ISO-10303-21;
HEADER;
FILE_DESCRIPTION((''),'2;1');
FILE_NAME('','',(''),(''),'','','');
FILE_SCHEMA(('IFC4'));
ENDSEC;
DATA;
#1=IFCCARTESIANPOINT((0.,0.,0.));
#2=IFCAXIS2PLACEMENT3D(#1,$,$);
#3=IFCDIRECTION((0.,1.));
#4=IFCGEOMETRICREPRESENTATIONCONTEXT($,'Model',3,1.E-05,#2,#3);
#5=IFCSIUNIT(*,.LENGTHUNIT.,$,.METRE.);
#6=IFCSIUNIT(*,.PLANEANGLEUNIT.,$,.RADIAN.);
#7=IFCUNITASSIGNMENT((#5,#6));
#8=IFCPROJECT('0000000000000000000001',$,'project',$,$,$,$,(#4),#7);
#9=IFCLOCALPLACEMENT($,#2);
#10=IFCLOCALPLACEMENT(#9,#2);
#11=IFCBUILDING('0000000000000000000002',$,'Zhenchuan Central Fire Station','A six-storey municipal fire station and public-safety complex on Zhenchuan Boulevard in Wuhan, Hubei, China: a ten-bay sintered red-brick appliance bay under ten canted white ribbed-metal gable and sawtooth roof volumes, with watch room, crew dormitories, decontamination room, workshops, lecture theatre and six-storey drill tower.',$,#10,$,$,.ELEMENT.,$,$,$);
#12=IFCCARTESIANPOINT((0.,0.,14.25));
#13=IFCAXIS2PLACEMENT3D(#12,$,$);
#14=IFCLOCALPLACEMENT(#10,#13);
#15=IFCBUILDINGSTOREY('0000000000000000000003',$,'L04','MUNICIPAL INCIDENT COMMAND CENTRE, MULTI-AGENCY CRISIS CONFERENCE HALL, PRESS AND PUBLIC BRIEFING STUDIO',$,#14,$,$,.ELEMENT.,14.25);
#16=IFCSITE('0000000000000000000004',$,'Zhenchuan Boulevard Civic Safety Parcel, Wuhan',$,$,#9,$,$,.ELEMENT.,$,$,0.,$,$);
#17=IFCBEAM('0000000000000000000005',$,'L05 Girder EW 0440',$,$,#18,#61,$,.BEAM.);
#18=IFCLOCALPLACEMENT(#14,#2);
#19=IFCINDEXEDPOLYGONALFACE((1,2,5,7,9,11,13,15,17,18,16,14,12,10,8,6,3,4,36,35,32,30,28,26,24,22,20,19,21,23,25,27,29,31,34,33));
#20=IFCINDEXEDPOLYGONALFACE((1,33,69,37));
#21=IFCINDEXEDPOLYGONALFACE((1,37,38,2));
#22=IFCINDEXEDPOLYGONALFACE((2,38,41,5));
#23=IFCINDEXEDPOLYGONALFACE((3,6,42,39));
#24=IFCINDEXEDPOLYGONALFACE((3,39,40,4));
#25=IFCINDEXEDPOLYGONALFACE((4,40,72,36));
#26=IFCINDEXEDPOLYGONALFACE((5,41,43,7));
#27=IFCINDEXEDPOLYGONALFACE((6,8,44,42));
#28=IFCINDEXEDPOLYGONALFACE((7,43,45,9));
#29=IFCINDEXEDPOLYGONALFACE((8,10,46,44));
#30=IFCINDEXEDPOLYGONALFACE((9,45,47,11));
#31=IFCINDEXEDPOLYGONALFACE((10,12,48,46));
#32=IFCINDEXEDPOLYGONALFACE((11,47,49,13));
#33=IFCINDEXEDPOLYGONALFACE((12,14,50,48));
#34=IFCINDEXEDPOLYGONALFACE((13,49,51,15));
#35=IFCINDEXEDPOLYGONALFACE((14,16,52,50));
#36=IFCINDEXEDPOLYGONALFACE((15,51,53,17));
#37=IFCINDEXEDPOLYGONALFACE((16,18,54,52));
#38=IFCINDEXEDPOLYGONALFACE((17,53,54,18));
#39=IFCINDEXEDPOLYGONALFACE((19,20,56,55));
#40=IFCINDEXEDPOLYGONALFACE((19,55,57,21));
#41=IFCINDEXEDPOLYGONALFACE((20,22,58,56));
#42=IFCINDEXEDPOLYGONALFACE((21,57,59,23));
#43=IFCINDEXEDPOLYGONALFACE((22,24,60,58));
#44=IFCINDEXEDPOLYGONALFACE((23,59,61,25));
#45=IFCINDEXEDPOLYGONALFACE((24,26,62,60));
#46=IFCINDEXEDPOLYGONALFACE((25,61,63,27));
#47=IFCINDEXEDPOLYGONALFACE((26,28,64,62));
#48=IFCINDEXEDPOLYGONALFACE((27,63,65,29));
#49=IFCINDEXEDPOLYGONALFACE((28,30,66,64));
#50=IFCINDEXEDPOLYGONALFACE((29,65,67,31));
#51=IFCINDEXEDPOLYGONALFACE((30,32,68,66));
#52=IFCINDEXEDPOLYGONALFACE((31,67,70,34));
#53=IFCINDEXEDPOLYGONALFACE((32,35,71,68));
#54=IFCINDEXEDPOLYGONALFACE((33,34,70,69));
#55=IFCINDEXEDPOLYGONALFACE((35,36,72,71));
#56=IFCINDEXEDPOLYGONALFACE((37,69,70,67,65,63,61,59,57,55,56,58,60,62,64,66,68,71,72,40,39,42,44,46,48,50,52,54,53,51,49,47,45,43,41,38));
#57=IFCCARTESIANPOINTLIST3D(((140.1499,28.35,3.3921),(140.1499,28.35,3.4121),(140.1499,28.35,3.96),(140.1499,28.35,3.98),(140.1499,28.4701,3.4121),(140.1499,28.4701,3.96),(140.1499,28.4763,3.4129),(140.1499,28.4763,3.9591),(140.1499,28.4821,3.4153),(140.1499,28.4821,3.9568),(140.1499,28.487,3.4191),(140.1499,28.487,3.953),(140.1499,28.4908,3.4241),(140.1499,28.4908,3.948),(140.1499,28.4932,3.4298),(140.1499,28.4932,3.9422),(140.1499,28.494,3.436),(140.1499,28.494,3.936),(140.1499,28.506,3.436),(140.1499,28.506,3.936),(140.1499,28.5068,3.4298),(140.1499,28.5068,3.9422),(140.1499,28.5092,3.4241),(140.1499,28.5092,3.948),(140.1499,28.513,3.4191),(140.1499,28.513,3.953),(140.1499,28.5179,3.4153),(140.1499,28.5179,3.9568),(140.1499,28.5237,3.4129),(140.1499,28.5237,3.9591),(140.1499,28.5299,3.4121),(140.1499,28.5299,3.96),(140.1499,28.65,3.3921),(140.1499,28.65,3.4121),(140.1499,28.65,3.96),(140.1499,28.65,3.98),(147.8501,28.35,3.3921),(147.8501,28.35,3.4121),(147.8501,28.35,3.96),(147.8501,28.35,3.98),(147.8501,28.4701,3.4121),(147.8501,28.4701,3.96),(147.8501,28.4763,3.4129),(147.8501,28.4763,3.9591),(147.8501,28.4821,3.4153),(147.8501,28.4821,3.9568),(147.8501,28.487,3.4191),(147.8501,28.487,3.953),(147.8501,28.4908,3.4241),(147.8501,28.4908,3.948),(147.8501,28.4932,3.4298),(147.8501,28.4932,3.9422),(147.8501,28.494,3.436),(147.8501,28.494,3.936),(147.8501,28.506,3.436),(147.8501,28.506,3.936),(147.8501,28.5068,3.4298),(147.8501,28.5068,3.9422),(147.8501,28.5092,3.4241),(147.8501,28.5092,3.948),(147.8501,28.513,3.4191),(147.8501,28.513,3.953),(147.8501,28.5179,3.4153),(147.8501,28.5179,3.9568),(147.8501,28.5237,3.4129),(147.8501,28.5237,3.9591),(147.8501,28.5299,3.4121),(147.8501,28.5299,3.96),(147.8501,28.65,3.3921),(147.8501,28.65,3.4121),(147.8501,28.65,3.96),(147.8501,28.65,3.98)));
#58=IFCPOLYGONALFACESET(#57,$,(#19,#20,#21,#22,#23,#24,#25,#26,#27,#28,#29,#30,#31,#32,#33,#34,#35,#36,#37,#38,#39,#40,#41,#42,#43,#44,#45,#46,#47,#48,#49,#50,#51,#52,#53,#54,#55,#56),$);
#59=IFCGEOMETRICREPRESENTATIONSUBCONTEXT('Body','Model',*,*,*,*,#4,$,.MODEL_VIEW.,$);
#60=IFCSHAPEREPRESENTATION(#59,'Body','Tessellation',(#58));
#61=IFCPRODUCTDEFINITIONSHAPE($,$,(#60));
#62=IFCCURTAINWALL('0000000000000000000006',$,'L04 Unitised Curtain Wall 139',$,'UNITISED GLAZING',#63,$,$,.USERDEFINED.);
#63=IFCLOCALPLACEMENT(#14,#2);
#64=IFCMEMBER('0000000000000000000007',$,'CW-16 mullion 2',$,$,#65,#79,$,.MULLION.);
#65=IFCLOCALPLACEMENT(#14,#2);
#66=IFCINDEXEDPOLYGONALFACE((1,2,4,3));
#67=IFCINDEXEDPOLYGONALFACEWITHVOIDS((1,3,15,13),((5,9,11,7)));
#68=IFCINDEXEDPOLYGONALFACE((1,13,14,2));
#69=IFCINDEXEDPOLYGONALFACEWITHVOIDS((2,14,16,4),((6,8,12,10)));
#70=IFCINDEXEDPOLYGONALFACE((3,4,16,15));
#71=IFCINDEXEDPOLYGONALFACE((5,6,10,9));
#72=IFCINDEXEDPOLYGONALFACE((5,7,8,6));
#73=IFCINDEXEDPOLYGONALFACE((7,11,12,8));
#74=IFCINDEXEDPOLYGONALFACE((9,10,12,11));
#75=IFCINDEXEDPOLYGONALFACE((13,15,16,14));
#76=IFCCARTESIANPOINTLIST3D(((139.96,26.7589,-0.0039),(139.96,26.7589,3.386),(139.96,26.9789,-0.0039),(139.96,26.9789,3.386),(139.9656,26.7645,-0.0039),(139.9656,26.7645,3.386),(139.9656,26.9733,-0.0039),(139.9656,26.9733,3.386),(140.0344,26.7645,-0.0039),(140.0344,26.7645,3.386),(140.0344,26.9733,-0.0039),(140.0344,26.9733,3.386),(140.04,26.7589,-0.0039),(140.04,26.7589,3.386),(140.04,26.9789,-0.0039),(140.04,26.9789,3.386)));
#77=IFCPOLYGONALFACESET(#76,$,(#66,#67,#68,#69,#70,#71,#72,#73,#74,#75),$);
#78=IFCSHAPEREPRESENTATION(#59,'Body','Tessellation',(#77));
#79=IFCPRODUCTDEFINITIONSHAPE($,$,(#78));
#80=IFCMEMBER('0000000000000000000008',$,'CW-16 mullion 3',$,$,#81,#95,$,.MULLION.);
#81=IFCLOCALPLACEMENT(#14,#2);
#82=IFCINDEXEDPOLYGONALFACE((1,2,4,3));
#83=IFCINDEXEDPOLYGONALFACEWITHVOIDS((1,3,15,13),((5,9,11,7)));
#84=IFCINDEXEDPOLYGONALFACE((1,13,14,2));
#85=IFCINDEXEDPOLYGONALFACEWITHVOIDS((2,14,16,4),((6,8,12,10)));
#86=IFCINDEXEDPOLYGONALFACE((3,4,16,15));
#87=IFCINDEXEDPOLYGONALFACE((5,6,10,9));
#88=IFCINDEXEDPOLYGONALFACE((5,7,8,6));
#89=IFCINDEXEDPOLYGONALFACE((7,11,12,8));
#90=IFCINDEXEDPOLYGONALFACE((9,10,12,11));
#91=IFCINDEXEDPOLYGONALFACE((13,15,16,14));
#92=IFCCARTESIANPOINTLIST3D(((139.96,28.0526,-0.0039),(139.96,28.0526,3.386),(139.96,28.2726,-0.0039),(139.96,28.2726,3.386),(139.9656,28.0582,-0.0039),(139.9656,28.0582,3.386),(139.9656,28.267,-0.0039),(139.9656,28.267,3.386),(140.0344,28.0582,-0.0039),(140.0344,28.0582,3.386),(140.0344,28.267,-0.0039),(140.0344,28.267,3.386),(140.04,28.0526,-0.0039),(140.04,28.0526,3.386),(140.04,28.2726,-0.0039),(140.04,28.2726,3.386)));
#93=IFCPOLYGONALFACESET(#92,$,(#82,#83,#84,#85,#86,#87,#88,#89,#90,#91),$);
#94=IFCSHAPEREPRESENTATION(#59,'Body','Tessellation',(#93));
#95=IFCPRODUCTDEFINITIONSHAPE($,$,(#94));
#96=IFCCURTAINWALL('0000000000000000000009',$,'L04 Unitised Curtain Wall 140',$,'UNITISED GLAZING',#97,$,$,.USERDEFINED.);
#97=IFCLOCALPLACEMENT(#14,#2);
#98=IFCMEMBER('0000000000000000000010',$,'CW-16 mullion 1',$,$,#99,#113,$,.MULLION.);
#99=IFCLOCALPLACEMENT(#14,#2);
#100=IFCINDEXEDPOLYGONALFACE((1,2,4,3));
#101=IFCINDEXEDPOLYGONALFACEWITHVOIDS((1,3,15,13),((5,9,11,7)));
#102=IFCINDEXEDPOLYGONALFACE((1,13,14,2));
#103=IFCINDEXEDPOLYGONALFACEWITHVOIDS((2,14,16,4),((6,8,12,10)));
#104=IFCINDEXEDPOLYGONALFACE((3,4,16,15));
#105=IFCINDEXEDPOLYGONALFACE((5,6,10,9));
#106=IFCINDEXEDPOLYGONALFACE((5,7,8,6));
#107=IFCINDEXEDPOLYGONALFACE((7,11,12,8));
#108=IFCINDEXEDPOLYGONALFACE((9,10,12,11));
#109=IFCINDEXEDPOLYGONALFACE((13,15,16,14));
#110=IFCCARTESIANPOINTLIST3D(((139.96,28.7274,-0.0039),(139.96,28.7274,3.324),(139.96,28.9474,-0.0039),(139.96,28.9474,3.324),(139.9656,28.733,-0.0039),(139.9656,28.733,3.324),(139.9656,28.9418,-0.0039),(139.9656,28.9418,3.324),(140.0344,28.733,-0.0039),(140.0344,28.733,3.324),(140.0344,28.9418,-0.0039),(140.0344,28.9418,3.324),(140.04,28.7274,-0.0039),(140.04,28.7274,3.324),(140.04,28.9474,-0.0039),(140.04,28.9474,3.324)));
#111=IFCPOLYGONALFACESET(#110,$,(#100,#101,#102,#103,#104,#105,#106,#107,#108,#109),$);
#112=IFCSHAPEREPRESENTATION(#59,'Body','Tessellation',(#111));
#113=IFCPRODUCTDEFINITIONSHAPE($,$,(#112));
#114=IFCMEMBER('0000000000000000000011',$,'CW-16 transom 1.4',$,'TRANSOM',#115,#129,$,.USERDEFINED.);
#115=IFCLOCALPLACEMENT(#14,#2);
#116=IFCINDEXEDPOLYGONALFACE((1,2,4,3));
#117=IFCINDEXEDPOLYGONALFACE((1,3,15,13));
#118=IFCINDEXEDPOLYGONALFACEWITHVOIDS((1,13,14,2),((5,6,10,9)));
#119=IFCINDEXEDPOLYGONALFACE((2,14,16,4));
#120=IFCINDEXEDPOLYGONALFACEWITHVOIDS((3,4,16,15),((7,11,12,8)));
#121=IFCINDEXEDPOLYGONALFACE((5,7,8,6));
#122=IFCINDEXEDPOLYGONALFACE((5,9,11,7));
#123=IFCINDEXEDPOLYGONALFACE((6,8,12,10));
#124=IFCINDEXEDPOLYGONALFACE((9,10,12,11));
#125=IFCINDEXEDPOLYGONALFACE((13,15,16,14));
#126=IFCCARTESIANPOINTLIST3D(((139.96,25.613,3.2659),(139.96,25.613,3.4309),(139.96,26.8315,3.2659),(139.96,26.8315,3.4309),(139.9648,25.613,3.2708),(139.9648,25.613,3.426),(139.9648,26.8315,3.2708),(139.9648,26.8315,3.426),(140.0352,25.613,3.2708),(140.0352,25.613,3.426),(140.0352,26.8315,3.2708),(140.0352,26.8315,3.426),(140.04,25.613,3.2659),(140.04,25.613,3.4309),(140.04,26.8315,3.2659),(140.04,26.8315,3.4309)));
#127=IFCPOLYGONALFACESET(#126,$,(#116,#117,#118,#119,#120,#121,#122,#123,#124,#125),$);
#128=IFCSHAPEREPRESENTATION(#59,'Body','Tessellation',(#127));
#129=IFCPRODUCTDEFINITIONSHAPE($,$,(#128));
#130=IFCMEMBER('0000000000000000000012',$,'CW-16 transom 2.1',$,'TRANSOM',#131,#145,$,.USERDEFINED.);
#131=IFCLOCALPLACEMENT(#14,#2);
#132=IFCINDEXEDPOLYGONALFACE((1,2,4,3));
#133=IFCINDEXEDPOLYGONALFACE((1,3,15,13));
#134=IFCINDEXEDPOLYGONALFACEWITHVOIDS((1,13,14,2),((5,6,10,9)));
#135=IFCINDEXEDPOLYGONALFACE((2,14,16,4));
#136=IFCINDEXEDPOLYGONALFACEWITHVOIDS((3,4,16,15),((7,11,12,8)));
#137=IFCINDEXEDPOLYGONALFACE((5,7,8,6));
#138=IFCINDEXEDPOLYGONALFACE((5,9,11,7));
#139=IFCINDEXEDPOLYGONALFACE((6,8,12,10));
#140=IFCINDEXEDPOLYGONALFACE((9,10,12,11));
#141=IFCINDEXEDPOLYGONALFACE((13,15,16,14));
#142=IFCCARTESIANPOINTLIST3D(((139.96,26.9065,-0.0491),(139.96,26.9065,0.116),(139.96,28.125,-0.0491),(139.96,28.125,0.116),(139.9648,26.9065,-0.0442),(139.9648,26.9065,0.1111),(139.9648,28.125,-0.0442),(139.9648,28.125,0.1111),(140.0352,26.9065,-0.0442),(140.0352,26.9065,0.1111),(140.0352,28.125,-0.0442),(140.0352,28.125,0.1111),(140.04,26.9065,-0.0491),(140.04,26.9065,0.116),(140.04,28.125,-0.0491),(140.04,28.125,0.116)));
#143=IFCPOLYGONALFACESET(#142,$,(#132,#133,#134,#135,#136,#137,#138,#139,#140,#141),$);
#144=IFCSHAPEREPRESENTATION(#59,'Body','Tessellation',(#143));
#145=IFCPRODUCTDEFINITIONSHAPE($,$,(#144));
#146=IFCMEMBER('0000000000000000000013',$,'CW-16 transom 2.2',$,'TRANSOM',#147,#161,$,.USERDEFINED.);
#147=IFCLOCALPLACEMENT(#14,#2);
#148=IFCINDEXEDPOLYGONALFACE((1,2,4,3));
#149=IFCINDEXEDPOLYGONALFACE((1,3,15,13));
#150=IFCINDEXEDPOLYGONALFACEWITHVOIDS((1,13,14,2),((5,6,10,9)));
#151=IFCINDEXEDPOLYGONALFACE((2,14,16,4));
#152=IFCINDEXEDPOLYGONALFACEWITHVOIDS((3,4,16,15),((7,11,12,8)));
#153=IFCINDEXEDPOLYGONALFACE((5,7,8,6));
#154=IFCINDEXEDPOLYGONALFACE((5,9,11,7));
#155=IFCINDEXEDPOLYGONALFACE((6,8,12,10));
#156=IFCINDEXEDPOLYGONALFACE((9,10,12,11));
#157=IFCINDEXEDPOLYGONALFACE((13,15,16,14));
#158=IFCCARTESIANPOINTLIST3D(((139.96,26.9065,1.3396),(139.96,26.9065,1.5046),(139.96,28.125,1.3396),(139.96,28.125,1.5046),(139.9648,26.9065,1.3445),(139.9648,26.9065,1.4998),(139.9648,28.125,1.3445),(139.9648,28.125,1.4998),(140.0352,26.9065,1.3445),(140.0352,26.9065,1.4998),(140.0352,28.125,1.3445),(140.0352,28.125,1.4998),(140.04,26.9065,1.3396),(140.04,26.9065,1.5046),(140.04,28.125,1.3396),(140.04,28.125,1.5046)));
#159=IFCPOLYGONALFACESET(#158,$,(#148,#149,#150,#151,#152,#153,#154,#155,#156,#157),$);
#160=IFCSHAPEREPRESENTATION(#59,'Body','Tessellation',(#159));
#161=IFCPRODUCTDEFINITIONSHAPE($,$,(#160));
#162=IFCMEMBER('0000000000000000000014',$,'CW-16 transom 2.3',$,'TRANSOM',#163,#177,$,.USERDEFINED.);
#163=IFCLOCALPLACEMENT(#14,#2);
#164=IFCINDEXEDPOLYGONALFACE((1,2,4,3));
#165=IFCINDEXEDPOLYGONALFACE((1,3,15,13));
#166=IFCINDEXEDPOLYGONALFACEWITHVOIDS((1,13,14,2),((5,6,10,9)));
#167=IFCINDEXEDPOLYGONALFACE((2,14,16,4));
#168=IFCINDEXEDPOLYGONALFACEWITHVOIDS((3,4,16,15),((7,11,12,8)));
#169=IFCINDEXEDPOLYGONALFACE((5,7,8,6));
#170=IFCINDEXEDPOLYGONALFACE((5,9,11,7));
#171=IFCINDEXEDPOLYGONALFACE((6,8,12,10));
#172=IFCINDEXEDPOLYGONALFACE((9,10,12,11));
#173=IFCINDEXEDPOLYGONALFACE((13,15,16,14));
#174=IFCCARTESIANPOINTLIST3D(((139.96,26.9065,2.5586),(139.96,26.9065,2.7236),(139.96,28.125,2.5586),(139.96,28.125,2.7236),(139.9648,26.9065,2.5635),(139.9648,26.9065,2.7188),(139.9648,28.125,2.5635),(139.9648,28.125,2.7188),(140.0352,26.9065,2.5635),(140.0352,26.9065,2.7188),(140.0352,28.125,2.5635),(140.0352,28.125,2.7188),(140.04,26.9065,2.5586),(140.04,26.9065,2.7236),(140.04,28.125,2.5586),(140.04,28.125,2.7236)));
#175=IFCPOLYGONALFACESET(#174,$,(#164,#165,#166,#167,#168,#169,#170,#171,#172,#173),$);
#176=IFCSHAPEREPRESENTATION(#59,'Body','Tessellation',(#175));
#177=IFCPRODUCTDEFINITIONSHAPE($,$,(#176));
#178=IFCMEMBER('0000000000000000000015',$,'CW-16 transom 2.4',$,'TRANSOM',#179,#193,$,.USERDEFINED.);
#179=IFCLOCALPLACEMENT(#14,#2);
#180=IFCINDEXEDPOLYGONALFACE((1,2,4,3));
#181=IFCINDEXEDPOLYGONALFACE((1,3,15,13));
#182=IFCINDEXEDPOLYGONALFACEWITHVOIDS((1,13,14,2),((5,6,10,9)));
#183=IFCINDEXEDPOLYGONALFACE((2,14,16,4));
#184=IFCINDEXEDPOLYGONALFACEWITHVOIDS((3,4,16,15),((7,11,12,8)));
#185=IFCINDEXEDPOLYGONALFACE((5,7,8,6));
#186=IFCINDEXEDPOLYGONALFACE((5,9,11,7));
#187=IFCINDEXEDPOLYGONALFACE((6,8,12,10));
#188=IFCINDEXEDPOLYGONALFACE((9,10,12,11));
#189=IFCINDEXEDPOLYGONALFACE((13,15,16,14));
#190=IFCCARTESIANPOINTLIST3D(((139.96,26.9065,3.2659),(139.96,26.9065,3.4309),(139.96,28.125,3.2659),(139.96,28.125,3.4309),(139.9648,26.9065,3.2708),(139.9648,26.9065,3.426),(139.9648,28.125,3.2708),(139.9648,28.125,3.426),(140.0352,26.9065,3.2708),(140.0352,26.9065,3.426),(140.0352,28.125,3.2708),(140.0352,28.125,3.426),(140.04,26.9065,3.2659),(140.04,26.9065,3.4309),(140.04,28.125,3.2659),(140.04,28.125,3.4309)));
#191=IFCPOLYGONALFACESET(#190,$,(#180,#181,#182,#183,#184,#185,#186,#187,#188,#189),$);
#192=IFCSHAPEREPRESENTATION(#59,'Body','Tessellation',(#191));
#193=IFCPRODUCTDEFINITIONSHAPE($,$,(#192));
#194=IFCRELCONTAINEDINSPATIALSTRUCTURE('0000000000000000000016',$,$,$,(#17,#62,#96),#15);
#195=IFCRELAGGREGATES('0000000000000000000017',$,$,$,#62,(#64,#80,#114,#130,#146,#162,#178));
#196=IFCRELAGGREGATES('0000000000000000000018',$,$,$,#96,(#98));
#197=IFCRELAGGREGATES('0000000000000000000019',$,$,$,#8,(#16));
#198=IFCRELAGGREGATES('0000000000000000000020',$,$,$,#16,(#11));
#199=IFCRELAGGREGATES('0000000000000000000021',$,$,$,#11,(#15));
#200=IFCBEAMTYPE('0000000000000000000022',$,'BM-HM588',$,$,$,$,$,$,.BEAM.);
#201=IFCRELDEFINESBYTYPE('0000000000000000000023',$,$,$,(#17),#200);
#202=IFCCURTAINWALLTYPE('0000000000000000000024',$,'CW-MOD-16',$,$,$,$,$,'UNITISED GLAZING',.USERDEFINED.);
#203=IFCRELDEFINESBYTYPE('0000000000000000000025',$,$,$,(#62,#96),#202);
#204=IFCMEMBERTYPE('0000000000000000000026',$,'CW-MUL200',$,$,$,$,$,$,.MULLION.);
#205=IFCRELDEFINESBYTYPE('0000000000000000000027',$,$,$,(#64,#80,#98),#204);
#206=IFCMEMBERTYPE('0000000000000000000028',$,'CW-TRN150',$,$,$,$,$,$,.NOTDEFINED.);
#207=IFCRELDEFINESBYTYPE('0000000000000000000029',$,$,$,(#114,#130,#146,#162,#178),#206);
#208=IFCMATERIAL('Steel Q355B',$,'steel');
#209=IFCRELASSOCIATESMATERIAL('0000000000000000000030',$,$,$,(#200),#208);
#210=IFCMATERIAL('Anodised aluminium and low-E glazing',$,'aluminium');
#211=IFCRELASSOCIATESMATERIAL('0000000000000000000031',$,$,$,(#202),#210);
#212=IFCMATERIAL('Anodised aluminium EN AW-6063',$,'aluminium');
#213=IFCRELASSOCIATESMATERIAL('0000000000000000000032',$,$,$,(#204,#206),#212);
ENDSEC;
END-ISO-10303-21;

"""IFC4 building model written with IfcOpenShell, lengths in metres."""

from ifc_helpers import new_model, si_unit, direction, frame, origin, origin_2d, place, context, subcontext, project, spatial, hollow_rectangle, i_section, extrude, material, material_profile, profile_set, type_object, element, aggregate, save


model = new_model("IFC4")

# Units and contexts
model_context = context("Model", 3, precision=1e-05, world=origin(), true_north=direction((0.0, 1.0)))
body_context = subcontext(model_context, "Body", "Model", "MODEL_VIEW")
ifc_project = project(units=[si_unit("LENGTHUNIT", "METRE"), si_unit("PLANEANGLEUNIT", "RADIAN")], contexts=[model_context])

# Site, building, storey
site_placement = place(None, origin())
site = spatial("IfcSite", under=ifc_project, at=site_placement, Name="Zhenchuan Boulevard Civic Safety Parcel, Wuhan", CompositionType="ELEMENT", RefElevation=0.0)
building_placement = place(site_placement, origin())
building = spatial("IfcBuilding", under=site, at=building_placement, Name="Zhenchuan Central Fire Station", Description="A six-storey municipal fire station and public-safety complex on Zhenchuan Boulevard in Wuhan, Hubei, China: a ten-bay sintered red-brick appliance bay under ten canted white ribbed-metal gable and sawtooth roof volumes, with watch room, crew dormitories, decontamination room, workshops, lecture theatre and six-storey drill tower.", CompositionType="ELEMENT")
storey_placement = place(building_placement, frame((0.0, 0.0, 14.25)))
storey = spatial("IfcBuildingStorey", under=building, at=storey_placement, Name="L04", Description="MUNICIPAL INCIDENT COMMAND CENTRE, MULTI-AGENCY CRISIS CONFERENCE HALL, PRESS AND PUBLIC BRIEFING STUDIO", CompositionType="ELEMENT", Elevation=14.25)

# Beam
ifc_material_1 = material(Name="Steel Q355B", Category="steel")
ifc_material_profile_1 = material_profile(ifc_material_1, i_section(OverallWidth=0.3, OverallDepth=0.5879, WebThickness=0.012, FlangeThickness=0.02, FilletRadius=0.0239, at=origin_2d()), Name="HM 588x300")
ifc_profile_set_1 = profile_set([ifc_material_profile_1], Name="Steel Q355B")
beam_type_1 = type_object("IfcBeamType", Name="BM-HM588", PredefinedType="BEAM", material=ifc_profile_set_1)
beam_1_placement = place(storey_placement, frame((140.1499, 28.5, 3.686), z_axis=(1.0, 0.0, 0.0), x_axis=(0.0, 1.0, 0.0)))
element("IfcBeam", 1, at=beam_1_placement, inside=storey, type_object=beam_type_1, Name="L05 Girder EW 0440", PredefinedType="BEAM", context=body_context, shape_type="SweptSolid", body=[
    extrude(i_section(OverallWidth=0.3, OverallDepth=0.5879, WebThickness=0.012, FlangeThickness=0.02, FilletRadius=0.0239, at=origin_2d()), origin(), (0.0, 0.0, 1.0), 7.7002),
])

# Curtain wall, members
ifc_material_2 = material(Name="Anodised aluminium and low-E glazing", Category="aluminium")
curtain_wall_type = type_object("IfcCurtainWallType", Name="CW-MOD-16", ElementType="UNITISED GLAZING", PredefinedType="USERDEFINED", material=ifc_material_2)
curtain_wall_1_placement = place(storey_placement, origin())
curtain_wall_1 = element("IfcCurtainWall", 2, at=curtain_wall_1_placement, inside=storey, type_object=curtain_wall_type, Name="L04 Unitised Curtain Wall 139", ObjectType="UNITISED GLAZING", PredefinedType="USERDEFINED")
ifc_material_3 = material(Name="Anodised aluminium EN AW-6063", Category="aluminium")
ifc_material_profile_2 = material_profile(ifc_material_3, hollow_rectangle(XDim=0.0801, YDim=0.22, WallThickness=0.0056, at=origin_2d()), Name="ALU-M 220x80")
ifc_profile_set_2 = profile_set([ifc_material_profile_2], Name="Anodised aluminium EN AW-6063")
member_type_1 = type_object("IfcMemberType", Name="CW-MUL200", PredefinedType="MULLION", material=ifc_profile_set_2)
member_1_placement = place(storey_placement, frame((140.0, 26.8689, -0.0039), z_axis=(0.0, 0.0, 1.0), x_axis=(-1.0, 0.0, 0.0)))
member_1 = element("IfcMember", 3, at=member_1_placement, type_object=member_type_1, Name="CW-16 mullion 2", PredefinedType="MULLION", context=body_context, shape_type="SweptSolid", body=[
    extrude(hollow_rectangle(XDim=0.0801, YDim=0.22, WallThickness=0.0056, at=origin_2d()), origin(), (0.0, 0.0, 1.0), 3.3899),
])
member_2_placement = place(storey_placement, frame((140.0, 28.1626, -0.0039), z_axis=(0.0, 0.0, 1.0), x_axis=(-1.0, 0.0, 0.0)))
member_2 = element("IfcMember", 4, at=member_2_placement, type_object=member_type_1, Name="CW-16 mullion 3", PredefinedType="MULLION", context=body_context, shape_type="SweptSolid", body=[
    extrude(hollow_rectangle(XDim=0.0801, YDim=0.22, WallThickness=0.0056, at=origin_2d()), origin(), (0.0, 0.0, 1.0), 3.3899),
])

# Curtain wall, member
curtain_wall_2_placement = place(storey_placement, origin())
curtain_wall_2 = element("IfcCurtainWall", 5, at=curtain_wall_2_placement, inside=storey, type_object=curtain_wall_type, Name="L04 Unitised Curtain Wall 140", ObjectType="UNITISED GLAZING", PredefinedType="USERDEFINED")
member_3_placement = place(storey_placement, frame((140.0, 28.8374, -0.0039), z_axis=(0.0, 0.0, 1.0), x_axis=(-1.0, 0.0, 0.0)))
member_3 = element("IfcMember", 6, at=member_3_placement, type_object=member_type_1, Name="CW-16 mullion 1", PredefinedType="MULLION", context=body_context, shape_type="SweptSolid", body=[
    extrude(hollow_rectangle(XDim=0.0801, YDim=0.22, WallThickness=0.0056, at=origin_2d()), origin(), (0.0, 0.0, 1.0), 3.3279),
])

# Members
ifc_material_profile_3 = material_profile(ifc_material_3, hollow_rectangle(XDim=0.0801, YDim=0.165, WallThickness=0.0049, at=origin_2d()), Name="ALU-T 165x80")
ifc_profile_set_3 = profile_set([ifc_material_profile_3], Name="Anodised aluminium EN AW-6063")
member_type_2 = type_object("IfcMemberType", Name="CW-TRN150", PredefinedType="NOTDEFINED", material=ifc_profile_set_3)
member_4_placement = place(storey_placement, frame((140.0, 25.613, 3.3484), z_axis=(0.0, 1.0, 0.0), x_axis=(-1.0, 0.0, 0.0)))
member_4 = element("IfcMember", 7, at=member_4_placement, type_object=member_type_2, Name="CW-16 transom 1.4", ObjectType="TRANSOM", PredefinedType="USERDEFINED", context=body_context, shape_type="SweptSolid", body=[
    extrude(hollow_rectangle(XDim=0.0801, YDim=0.165, WallThickness=0.0049, at=origin_2d()), origin(), (0.0, 0.0, 1.0), 1.2185),
])
member_5_placement = place(storey_placement, frame((140.0, 26.9065, 0.0334), z_axis=(0.0, 1.0, 0.0), x_axis=(-1.0, 0.0, 0.0)))
member_5 = element("IfcMember", 8, at=member_5_placement, type_object=member_type_2, Name="CW-16 transom 2.1", ObjectType="TRANSOM", PredefinedType="USERDEFINED", context=body_context, shape_type="SweptSolid", body=[
    extrude(hollow_rectangle(XDim=0.0801, YDim=0.165, WallThickness=0.0049, at=origin_2d()), origin(), (0.0, 0.0, 1.0), 1.2185),
])
member_6_placement = place(storey_placement, frame((140.0, 26.9065, 1.4221), z_axis=(0.0, 1.0, 0.0), x_axis=(-1.0, 0.0, 0.0)))
member_6 = element("IfcMember", 9, at=member_6_placement, type_object=member_type_2, Name="CW-16 transom 2.2", ObjectType="TRANSOM", PredefinedType="USERDEFINED", context=body_context, shape_type="SweptSolid", body=[
    extrude(hollow_rectangle(XDim=0.0801, YDim=0.165, WallThickness=0.0049, at=origin_2d()), origin(), (0.0, 0.0, 1.0), 1.2185),
])
member_7_placement = place(storey_placement, frame((140.0, 26.9065, 2.6411), z_axis=(0.0, 1.0, 0.0), x_axis=(-1.0, 0.0, 0.0)))
member_7 = element("IfcMember", 10, at=member_7_placement, type_object=member_type_2, Name="CW-16 transom 2.3", ObjectType="TRANSOM", PredefinedType="USERDEFINED", context=body_context, shape_type="SweptSolid", body=[
    extrude(hollow_rectangle(XDim=0.0801, YDim=0.165, WallThickness=0.0049, at=origin_2d()), origin(), (0.0, 0.0, 1.0), 1.2185),
])
member_8_placement = place(storey_placement, frame((140.0, 26.9065, 3.3484), z_axis=(0.0, 1.0, 0.0), x_axis=(-1.0, 0.0, 0.0)))
member_8 = element("IfcMember", 11, at=member_8_placement, type_object=member_type_2, Name="CW-16 transom 2.4", ObjectType="TRANSOM", PredefinedType="USERDEFINED", context=body_context, shape_type="SweptSolid", body=[
    extrude(hollow_rectangle(XDim=0.0801, YDim=0.165, WallThickness=0.0049, at=origin_2d()), origin(), (0.0, 0.0, 1.0), 1.2185),
])

aggregate(curtain_wall_1, [member_1, member_2, member_4, member_5, member_6, member_7, member_8])
aggregate(curtain_wall_2, [member_3])

save(model, "model.ifc")
